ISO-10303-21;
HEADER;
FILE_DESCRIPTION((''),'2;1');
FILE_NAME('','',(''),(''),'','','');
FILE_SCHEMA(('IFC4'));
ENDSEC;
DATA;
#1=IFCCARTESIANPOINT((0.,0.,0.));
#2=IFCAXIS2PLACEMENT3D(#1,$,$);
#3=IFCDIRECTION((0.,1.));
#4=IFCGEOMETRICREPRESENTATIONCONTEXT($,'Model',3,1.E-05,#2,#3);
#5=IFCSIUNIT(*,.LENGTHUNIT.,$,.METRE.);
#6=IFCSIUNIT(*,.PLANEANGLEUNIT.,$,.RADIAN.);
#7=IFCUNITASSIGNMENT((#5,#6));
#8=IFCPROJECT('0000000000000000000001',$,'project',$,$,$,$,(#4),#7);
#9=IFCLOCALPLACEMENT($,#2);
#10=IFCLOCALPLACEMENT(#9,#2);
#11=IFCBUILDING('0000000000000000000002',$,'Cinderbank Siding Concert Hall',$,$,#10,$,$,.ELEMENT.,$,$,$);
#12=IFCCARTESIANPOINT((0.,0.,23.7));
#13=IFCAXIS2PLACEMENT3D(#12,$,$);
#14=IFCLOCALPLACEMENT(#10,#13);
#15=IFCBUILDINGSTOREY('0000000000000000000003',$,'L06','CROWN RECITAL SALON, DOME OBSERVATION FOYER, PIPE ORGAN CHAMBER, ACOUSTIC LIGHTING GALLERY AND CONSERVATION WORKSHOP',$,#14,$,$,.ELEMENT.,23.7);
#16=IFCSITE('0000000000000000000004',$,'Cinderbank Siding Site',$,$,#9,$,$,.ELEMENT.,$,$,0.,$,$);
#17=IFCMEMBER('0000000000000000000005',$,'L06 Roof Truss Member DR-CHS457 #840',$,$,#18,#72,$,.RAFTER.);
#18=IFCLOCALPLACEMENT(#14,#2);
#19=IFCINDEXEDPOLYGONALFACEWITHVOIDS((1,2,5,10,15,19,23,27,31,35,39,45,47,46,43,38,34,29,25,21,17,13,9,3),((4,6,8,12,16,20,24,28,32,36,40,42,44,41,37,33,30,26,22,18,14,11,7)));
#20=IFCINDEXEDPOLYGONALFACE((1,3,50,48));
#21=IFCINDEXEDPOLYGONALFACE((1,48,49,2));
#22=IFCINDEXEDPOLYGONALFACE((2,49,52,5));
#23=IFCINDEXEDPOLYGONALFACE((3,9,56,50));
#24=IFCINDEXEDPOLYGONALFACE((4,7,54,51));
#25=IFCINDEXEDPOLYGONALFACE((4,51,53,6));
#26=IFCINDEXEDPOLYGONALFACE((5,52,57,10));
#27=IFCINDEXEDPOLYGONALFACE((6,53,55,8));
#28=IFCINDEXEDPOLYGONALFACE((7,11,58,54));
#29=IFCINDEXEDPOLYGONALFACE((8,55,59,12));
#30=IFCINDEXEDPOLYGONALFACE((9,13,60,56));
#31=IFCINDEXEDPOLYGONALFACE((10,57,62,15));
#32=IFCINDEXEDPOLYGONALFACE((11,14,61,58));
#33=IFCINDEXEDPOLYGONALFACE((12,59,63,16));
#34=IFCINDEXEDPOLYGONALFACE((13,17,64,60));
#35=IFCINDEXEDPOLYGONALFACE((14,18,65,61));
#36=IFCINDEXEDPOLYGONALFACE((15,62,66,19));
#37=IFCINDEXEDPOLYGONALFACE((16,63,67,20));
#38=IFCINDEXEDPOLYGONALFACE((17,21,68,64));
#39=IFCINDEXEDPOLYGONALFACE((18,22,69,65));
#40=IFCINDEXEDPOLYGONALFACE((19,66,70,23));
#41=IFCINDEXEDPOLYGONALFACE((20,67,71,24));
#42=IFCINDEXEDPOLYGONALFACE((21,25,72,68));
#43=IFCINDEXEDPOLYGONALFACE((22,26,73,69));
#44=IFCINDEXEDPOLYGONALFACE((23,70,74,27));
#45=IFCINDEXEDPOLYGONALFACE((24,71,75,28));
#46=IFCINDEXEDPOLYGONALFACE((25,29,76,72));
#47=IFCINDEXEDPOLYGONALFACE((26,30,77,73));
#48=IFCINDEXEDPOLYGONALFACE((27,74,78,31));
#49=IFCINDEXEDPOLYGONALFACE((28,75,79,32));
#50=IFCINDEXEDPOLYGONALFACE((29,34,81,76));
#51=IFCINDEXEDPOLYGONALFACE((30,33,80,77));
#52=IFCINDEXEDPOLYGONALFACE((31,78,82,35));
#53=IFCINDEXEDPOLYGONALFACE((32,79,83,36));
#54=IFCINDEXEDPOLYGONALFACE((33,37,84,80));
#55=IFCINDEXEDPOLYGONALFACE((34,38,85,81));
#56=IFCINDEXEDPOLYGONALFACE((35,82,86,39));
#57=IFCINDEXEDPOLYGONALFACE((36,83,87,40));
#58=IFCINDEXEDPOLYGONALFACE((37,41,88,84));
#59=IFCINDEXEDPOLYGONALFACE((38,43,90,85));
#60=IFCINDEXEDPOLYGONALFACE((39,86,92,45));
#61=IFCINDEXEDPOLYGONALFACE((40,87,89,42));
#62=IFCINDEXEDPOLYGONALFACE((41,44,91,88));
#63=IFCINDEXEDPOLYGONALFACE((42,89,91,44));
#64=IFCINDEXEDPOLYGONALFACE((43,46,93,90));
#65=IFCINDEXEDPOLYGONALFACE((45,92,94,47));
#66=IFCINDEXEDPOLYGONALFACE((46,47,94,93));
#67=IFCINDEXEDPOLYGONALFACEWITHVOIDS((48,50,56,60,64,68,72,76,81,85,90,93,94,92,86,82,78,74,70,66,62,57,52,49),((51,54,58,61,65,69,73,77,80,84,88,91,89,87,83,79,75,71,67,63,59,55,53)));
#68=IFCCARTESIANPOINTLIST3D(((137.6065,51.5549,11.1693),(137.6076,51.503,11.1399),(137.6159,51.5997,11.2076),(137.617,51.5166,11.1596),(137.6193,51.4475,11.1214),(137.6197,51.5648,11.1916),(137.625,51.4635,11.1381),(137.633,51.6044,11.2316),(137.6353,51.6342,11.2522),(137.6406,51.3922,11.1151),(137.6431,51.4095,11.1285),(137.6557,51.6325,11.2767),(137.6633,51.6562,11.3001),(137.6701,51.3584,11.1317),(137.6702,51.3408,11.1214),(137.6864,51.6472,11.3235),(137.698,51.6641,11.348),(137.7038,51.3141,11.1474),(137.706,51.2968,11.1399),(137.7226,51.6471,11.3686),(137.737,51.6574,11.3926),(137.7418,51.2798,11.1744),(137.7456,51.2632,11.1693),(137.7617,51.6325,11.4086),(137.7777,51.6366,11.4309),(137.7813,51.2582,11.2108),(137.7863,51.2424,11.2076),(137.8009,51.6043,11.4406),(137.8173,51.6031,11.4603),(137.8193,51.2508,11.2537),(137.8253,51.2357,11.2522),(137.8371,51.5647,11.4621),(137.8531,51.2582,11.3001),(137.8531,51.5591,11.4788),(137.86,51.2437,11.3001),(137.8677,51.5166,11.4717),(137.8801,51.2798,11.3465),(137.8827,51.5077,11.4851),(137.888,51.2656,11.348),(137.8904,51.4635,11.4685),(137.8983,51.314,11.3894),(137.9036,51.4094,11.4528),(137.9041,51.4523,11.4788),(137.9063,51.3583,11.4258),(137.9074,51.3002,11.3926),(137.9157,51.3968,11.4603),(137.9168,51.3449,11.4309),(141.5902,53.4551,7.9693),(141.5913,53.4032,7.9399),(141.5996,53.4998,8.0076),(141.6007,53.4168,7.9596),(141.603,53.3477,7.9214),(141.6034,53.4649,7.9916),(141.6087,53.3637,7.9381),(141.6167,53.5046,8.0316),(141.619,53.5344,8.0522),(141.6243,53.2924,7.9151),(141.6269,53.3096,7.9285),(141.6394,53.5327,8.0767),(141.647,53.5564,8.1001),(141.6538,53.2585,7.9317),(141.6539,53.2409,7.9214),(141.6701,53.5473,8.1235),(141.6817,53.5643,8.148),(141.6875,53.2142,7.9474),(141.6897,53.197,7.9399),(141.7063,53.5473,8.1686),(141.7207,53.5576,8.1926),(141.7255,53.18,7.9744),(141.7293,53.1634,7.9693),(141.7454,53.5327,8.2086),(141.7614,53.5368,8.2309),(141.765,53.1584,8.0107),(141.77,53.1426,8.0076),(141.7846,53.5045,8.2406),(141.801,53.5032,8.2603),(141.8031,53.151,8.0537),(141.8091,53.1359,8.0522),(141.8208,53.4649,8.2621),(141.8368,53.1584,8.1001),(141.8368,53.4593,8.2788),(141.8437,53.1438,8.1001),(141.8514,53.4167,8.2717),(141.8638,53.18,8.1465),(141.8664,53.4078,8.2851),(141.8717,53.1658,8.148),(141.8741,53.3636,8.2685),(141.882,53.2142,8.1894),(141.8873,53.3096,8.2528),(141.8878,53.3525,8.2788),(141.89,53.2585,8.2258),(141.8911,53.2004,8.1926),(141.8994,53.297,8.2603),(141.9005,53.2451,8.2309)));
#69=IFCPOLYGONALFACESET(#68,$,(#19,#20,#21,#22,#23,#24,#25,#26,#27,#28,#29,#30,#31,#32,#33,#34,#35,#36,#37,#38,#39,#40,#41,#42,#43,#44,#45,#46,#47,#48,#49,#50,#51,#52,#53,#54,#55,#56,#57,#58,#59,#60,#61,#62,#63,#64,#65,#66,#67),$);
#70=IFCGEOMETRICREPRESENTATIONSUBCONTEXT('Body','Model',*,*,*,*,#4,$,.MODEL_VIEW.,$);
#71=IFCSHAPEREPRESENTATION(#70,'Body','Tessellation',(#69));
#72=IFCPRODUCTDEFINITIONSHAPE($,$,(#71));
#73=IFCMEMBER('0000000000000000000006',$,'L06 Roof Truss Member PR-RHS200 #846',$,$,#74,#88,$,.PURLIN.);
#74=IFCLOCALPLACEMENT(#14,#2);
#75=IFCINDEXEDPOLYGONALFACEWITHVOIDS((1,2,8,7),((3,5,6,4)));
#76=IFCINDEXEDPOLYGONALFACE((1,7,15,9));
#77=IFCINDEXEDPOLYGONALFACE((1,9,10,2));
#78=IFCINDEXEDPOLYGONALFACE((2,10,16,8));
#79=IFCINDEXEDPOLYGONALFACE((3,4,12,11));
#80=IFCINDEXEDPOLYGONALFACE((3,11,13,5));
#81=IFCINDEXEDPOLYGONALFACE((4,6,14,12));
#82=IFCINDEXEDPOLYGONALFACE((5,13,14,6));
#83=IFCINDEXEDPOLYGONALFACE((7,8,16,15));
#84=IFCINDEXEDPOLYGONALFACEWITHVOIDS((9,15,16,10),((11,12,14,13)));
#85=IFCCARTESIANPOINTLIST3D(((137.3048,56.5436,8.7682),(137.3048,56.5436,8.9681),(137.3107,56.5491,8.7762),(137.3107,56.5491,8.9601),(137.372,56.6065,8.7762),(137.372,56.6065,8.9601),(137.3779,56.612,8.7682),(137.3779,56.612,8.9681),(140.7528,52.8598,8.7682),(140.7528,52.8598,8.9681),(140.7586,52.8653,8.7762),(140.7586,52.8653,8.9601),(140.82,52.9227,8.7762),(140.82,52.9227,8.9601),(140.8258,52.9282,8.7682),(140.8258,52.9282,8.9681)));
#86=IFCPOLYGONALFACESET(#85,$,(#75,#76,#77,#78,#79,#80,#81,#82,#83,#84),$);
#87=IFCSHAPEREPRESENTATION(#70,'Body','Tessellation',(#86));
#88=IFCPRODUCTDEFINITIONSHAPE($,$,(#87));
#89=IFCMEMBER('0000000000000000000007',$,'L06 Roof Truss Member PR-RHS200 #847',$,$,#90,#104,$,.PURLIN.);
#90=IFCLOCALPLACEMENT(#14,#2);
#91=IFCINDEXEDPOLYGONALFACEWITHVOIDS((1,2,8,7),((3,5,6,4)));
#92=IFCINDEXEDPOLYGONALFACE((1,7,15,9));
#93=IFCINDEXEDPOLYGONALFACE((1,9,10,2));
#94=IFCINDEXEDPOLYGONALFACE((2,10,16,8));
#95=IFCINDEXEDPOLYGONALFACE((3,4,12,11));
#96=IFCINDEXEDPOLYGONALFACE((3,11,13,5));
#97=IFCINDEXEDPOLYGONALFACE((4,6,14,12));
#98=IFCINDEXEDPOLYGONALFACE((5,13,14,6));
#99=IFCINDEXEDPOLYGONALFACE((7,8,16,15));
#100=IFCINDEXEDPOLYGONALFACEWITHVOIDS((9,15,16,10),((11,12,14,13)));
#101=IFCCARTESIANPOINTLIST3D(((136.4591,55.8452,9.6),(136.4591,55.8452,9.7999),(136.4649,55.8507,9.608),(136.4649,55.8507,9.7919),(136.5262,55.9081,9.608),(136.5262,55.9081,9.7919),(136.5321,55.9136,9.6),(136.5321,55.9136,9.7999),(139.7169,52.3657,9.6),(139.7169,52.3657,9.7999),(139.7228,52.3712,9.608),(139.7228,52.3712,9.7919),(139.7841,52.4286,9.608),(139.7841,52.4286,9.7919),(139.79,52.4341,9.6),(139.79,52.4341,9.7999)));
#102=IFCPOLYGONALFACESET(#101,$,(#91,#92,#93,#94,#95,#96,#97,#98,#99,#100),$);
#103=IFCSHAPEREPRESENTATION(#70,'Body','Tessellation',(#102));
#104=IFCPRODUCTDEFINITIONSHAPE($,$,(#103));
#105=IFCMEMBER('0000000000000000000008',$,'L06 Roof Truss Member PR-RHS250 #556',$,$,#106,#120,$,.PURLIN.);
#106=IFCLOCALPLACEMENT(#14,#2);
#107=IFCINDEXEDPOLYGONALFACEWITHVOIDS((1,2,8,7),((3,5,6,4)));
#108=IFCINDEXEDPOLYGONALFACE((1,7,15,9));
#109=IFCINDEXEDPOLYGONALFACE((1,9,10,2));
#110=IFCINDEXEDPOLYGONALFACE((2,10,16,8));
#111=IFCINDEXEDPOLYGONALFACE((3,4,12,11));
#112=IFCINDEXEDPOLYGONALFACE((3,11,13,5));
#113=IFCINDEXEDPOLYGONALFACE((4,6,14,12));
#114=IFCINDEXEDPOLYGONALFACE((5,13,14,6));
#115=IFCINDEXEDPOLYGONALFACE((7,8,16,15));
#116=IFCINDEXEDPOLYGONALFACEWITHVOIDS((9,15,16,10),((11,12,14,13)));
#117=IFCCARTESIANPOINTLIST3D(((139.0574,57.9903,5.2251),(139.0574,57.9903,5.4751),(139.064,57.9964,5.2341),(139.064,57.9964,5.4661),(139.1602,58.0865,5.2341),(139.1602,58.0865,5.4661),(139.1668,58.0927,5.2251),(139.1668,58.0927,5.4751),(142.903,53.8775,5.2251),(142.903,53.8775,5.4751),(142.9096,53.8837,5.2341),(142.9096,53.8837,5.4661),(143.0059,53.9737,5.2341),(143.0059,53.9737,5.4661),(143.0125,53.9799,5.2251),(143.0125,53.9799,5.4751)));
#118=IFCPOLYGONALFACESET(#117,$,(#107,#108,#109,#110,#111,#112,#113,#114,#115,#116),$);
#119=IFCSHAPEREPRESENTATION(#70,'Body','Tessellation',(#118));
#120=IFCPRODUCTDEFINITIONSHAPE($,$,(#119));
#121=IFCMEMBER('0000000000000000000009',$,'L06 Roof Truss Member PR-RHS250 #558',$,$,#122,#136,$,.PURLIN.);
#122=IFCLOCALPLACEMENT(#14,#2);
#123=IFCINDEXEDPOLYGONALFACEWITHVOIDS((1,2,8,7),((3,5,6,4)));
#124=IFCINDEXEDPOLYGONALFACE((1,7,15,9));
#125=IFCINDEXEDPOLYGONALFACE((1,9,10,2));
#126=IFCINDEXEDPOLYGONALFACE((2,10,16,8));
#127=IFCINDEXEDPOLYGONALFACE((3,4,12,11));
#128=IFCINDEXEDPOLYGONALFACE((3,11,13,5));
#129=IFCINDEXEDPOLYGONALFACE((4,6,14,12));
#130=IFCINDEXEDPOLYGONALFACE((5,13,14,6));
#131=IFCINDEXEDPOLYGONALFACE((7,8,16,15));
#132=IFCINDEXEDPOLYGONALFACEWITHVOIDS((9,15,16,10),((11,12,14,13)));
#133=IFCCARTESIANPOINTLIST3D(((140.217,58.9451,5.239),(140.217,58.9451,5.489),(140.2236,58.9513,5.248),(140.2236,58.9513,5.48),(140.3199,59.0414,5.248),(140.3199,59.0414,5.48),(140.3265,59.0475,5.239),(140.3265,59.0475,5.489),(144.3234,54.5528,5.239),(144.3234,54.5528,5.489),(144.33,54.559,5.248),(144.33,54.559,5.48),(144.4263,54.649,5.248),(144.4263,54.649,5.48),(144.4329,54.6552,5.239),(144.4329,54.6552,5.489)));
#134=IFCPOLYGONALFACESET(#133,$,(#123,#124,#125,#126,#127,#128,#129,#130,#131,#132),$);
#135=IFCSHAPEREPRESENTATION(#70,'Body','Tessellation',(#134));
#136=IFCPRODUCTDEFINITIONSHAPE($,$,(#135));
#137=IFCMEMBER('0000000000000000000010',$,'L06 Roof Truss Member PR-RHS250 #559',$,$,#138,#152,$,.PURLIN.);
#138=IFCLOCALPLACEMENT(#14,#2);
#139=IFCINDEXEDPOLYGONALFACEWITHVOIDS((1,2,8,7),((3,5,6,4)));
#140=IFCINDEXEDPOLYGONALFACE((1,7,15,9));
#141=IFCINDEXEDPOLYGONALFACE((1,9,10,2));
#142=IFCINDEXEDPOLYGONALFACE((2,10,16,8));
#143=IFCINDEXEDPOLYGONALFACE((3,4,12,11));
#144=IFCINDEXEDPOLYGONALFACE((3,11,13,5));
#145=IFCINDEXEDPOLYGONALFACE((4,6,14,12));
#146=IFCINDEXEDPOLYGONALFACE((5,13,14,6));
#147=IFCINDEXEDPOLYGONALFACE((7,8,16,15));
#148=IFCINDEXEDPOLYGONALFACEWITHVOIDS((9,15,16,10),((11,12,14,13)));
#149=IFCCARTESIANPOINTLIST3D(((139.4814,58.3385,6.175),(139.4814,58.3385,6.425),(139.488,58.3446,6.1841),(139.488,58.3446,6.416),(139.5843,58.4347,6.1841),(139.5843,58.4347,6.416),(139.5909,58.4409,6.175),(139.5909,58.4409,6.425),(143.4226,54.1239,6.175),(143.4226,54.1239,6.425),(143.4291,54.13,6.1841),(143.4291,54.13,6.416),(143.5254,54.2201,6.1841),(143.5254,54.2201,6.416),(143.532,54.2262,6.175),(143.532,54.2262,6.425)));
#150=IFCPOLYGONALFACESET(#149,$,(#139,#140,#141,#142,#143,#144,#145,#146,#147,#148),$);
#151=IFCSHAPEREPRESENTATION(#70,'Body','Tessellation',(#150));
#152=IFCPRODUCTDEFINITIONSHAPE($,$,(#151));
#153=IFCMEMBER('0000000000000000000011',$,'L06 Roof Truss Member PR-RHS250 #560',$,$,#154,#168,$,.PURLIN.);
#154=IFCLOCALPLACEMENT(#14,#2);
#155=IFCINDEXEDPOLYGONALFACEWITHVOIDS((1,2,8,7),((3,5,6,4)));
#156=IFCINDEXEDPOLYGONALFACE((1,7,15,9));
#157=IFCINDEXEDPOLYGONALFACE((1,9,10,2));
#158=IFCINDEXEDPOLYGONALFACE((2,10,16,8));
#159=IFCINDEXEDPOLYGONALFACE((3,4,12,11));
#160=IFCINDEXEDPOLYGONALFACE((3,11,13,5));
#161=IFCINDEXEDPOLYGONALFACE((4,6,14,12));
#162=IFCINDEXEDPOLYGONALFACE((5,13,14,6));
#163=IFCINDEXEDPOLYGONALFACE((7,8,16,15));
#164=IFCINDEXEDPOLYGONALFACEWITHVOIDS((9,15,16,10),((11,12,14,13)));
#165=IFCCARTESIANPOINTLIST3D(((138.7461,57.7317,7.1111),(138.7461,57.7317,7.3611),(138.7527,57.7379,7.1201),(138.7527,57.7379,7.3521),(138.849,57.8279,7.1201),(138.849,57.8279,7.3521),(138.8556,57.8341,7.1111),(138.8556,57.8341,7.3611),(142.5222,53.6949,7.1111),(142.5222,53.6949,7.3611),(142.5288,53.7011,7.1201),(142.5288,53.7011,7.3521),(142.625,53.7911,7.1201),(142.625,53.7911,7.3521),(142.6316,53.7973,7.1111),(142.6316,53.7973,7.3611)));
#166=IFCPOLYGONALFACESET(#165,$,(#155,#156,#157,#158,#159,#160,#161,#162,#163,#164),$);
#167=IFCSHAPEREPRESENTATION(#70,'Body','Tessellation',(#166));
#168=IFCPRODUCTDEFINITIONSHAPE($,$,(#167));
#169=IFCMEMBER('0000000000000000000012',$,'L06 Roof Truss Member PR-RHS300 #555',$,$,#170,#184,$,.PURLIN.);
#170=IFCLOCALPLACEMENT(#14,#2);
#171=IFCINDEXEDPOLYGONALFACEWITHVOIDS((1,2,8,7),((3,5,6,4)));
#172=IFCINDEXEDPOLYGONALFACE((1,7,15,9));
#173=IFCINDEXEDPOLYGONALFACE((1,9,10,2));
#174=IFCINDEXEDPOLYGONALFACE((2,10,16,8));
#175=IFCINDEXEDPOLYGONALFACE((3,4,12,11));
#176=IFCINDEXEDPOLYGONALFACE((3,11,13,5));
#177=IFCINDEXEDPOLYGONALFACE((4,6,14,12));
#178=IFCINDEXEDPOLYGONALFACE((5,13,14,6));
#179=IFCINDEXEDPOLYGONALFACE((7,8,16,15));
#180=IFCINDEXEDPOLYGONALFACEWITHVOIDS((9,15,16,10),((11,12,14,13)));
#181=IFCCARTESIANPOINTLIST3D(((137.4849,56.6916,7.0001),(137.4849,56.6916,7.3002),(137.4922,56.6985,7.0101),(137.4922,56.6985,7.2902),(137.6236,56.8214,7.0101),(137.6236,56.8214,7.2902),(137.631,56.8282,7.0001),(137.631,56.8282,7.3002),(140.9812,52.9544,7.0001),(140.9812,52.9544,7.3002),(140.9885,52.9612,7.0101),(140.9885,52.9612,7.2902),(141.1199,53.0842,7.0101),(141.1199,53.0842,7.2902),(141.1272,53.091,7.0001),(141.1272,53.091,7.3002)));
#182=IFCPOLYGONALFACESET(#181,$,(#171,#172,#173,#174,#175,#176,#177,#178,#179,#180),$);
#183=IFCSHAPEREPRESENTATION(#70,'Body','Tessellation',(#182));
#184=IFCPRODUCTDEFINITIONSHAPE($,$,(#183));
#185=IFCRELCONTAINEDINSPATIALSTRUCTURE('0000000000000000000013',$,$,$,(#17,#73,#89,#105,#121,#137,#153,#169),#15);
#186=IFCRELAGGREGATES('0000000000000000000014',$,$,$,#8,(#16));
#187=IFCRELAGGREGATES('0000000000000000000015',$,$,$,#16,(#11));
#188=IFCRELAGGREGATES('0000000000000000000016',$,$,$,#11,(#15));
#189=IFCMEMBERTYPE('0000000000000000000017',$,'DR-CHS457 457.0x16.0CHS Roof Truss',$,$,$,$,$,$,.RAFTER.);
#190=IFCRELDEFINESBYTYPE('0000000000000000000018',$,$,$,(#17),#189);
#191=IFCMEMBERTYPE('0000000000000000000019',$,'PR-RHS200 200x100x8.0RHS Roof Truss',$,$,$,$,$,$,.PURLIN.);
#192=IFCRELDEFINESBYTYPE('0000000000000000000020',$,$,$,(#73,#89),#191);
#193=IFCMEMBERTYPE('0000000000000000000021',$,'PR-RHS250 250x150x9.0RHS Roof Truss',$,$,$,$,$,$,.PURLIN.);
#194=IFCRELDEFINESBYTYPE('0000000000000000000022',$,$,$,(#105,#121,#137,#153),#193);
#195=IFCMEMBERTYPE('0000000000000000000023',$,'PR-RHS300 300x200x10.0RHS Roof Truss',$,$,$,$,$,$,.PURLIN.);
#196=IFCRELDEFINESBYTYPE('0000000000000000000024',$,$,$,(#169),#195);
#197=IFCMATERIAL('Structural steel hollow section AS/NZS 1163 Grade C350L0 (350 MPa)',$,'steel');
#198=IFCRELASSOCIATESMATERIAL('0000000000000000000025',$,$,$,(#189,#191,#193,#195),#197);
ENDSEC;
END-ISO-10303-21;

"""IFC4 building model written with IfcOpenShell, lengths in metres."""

from ifc_helpers import new_model, si_unit, direction, frame, origin, origin_2d, place, context, subcontext, project, spatial, hollow_rectangle, hollow_circle, extrude, material, material_profile, profile_set, type_object, element, save


model = new_model("IFC4")

# Units and contexts
model_context = context("Model", 3, precision=1e-05, world=origin(), true_north=direction((0.0, 1.0)))
body_context = subcontext(model_context, "Body", "Model", "MODEL_VIEW")
ifc_project = project(units=[si_unit("LENGTHUNIT", "METRE"), si_unit("PLANEANGLEUNIT", "RADIAN")], contexts=[model_context])

# Site, building, storey
site_placement = place(None, origin())
site = spatial("IfcSite", under=ifc_project, at=site_placement, Name="Cinderbank Siding Site", CompositionType="ELEMENT", RefElevation=0.0)
building_placement = place(site_placement, origin())
building = spatial("IfcBuilding", under=site, at=building_placement, Name="Cinderbank Siding Concert Hall", CompositionType="ELEMENT")
storey_placement = place(building_placement, frame((0.0, 0.0, 23.7)))
storey = spatial("IfcBuildingStorey", under=building, at=storey_placement, Name="L06", Description="CROWN RECITAL SALON, DOME OBSERVATION FOYER, PIPE ORGAN CHAMBER, ACOUSTIC LIGHTING GALLERY AND CONSERVATION WORKSHOP", CompositionType="ELEMENT", Elevation=23.7)

# Members
ifc_material_1 = material(Name="Structural steel hollow section AS/NZS 1163 Grade C350L0 (350 MPa)", Category="steel")
ifc_material_profile_1 = material_profile(ifc_material_1, hollow_circle(Radius=0.2285, WallThickness=0.0161, at=origin_2d()), Name="457.0x16.0CHS", Category="LoadBearing")
ifc_profile_set_1 = profile_set([ifc_material_profile_1], Name="Structural steel hollow section AS/NZS 1163 Grade C350L0 (350 MPa)")
member_type_1 = type_object("IfcMemberType", Name="DR-CHS457 457.0x16.0CHS Roof Truss", PredefinedType="RAFTER", material=ifc_profile_set_1)
member_1_placement = place(storey_placement, frame((141.7454, 53.3501, 8.1001), z_axis=(-0.730733, -0.34855, 0.586978), x_axis=(0.43052, -0.902581, 0.0)))
element("IfcMember", 1, at=member_1_placement, inside=storey, type_object=member_type_1, Name="L06 Roof Truss Member DR-CHS457 #840", PredefinedType="RAFTER", context=body_context, shape_type="SweptSolid", body=[
    extrude(hollow_circle(Radius=0.2285, WallThickness=0.0161, at=origin_2d()), origin(), (0.0, 0.0, 1.0), 5.4517),
])
ifc_material_profile_2 = material_profile(ifc_material_1, hollow_rectangle(XDim=0.1001, YDim=0.2, WallThickness=0.0081, at=origin_2d()), Name="200x100x8.0RHS", Category="LoadBearing")
ifc_profile_set_2 = profile_set([ifc_material_profile_2], Name="Structural steel hollow section AS/NZS 1163 Grade C350L0 (350 MPa)")
member_type_2 = type_object("IfcMemberType", Name="PR-RHS200 200x100x8.0RHS Roof Truss", PredefinedType="PURLIN", material=ifc_profile_set_2)
member_2_placement = place(storey_placement, frame((140.7893, 52.894, 8.8682), z_axis=(-0.68335, 0.730091, 0.0), x_axis=(-0.730091, -0.68335, 0.0)))
element("IfcMember", 2, at=member_2_placement, inside=storey, type_object=member_type_2, Name="L06 Roof Truss Member PR-RHS200 #846", PredefinedType="PURLIN", context=body_context, shape_type="SweptSolid", body=[
    extrude(hollow_rectangle(XDim=0.1001, YDim=0.2, WallThickness=0.0081, at=origin_2d()), origin(), (0.0, 0.0, 1.0), 5.0457),
])
member_3_placement = place(storey_placement, frame((139.7534, 52.3999, 9.7), z_axis=(-0.683471, 0.729978, 0.0), x_axis=(-0.729978, -0.683471, 0.0)))
element("IfcMember", 3, at=member_3_placement, inside=storey, type_object=member_type_2, Name="L06 Roof Truss Member PR-RHS200 #847", PredefinedType="PURLIN", context=body_context, shape_type="SweptSolid", body=[
    extrude(hollow_rectangle(XDim=0.1001, YDim=0.2, WallThickness=0.0081, at=origin_2d()), origin(), (0.0, 0.0, 1.0), 4.7666),
])
ifc_material_profile_3 = material_profile(ifc_material_1, hollow_rectangle(XDim=0.1499, YDim=0.25, WallThickness=0.009, at=origin_2d()), Name="250x150x9.0RHS", Category="LoadBearing")
ifc_profile_set_3 = profile_set([ifc_material_profile_3], Name="Structural steel hollow section AS/NZS 1163 Grade C350L0 (350 MPa)")
member_type_3 = type_object("IfcMemberType", Name="PR-RHS250 250x150x9.0RHS Roof Truss", PredefinedType="PURLIN", material=ifc_profile_set_3)
member_4_placement = place(storey_placement, frame((142.9578, 53.9287, 5.3501), z_axis=(-0.682992, 0.730426, 0.0), x_axis=(-0.730426, -0.682992, 0.0)))
element("IfcMember", 4, at=member_4_placement, inside=storey, type_object=member_type_3, Name="L06 Roof Truss Member PR-RHS250 #556", PredefinedType="PURLIN", context=body_context, shape_type="SweptSolid", body=[
    extrude(hollow_rectangle(XDim=0.1499, YDim=0.25, WallThickness=0.009, at=origin_2d()), origin(), (0.0, 0.0, 1.0), 5.6306),
])
member_5_placement = place(storey_placement, frame((144.3782, 54.604, 5.364), z_axis=(-0.682934, 0.73048, 0.0), x_axis=(-0.73048, -0.682934, 0.0)))
element("IfcMember", 5, at=member_5_placement, inside=storey, type_object=member_type_3, Name="L06 Roof Truss Member PR-RHS250 #558", PredefinedType="PURLIN", context=body_context, shape_type="SweptSolid", body=[
    extrude(hollow_rectangle(XDim=0.1499, YDim=0.25, WallThickness=0.009, at=origin_2d()), origin(), (0.0, 0.0, 1.0), 6.0129),
])
member_6_placement = place(storey_placement, frame((143.4773, 54.175, 6.3), z_axis=(-0.683016, 0.730403, 0.0), x_axis=(-0.730403, -0.683016, 0.0)))
element("IfcMember", 6, at=member_6_placement, inside=storey, type_object=member_type_3, Name="L06 Roof Truss Member PR-RHS250 #559", PredefinedType="PURLIN", context=body_context, shape_type="SweptSolid", body=[
    extrude(hollow_rectangle(XDim=0.1499, YDim=0.25, WallThickness=0.009, at=origin_2d()), origin(), (0.0, 0.0, 1.0), 5.7703),
])
member_7_placement = place(storey_placement, frame((142.5769, 53.7461, 7.2361), z_axis=(-0.683128, 0.730298, 0.0), x_axis=(-0.730298, -0.683128, 0.0)))
element("IfcMember", 7, at=member_7_placement, inside=storey, type_object=member_type_3, Name="L06 Roof Truss Member PR-RHS250 #560", PredefinedType="PURLIN", context=body_context, shape_type="SweptSolid", body=[
    extrude(hollow_rectangle(XDim=0.1499, YDim=0.25, WallThickness=0.009, at=origin_2d()), origin(), (0.0, 0.0, 1.0), 5.5276),
])
ifc_material_profile_4 = material_profile(ifc_material_1, hollow_rectangle(XDim=0.2, YDim=0.3, WallThickness=0.01, at=origin_2d()), Name="300x200x10.0RHS", Category="LoadBearing")
ifc_profile_set_4 = profile_set([ifc_material_profile_4], Name="Structural steel hollow section AS/NZS 1163 Grade C350L0 (350 MPa)")
member_type_4 = type_object("IfcMemberType", Name="PR-RHS300 300x200x10.0RHS Roof Truss", PredefinedType="PURLIN", material=ifc_profile_set_4)
member_8_placement = place(storey_placement, frame((141.0542, 53.0227, 7.1501), z_axis=(-0.683173, 0.730257, 0.0), x_axis=(-0.730257, -0.683173, 0.0)))
element("IfcMember", 8, at=member_8_placement, inside=storey, type_object=member_type_4, Name="L06 Roof Truss Member PR-RHS300 #555", PredefinedType="PURLIN", context=body_context, shape_type="SweptSolid", body=[
    extrude(hollow_rectangle(XDim=0.2, YDim=0.3, WallThickness=0.01, at=origin_2d()), origin(), (0.0, 0.0, 1.0), 5.1177),
])

save(model, "model.ifc")
